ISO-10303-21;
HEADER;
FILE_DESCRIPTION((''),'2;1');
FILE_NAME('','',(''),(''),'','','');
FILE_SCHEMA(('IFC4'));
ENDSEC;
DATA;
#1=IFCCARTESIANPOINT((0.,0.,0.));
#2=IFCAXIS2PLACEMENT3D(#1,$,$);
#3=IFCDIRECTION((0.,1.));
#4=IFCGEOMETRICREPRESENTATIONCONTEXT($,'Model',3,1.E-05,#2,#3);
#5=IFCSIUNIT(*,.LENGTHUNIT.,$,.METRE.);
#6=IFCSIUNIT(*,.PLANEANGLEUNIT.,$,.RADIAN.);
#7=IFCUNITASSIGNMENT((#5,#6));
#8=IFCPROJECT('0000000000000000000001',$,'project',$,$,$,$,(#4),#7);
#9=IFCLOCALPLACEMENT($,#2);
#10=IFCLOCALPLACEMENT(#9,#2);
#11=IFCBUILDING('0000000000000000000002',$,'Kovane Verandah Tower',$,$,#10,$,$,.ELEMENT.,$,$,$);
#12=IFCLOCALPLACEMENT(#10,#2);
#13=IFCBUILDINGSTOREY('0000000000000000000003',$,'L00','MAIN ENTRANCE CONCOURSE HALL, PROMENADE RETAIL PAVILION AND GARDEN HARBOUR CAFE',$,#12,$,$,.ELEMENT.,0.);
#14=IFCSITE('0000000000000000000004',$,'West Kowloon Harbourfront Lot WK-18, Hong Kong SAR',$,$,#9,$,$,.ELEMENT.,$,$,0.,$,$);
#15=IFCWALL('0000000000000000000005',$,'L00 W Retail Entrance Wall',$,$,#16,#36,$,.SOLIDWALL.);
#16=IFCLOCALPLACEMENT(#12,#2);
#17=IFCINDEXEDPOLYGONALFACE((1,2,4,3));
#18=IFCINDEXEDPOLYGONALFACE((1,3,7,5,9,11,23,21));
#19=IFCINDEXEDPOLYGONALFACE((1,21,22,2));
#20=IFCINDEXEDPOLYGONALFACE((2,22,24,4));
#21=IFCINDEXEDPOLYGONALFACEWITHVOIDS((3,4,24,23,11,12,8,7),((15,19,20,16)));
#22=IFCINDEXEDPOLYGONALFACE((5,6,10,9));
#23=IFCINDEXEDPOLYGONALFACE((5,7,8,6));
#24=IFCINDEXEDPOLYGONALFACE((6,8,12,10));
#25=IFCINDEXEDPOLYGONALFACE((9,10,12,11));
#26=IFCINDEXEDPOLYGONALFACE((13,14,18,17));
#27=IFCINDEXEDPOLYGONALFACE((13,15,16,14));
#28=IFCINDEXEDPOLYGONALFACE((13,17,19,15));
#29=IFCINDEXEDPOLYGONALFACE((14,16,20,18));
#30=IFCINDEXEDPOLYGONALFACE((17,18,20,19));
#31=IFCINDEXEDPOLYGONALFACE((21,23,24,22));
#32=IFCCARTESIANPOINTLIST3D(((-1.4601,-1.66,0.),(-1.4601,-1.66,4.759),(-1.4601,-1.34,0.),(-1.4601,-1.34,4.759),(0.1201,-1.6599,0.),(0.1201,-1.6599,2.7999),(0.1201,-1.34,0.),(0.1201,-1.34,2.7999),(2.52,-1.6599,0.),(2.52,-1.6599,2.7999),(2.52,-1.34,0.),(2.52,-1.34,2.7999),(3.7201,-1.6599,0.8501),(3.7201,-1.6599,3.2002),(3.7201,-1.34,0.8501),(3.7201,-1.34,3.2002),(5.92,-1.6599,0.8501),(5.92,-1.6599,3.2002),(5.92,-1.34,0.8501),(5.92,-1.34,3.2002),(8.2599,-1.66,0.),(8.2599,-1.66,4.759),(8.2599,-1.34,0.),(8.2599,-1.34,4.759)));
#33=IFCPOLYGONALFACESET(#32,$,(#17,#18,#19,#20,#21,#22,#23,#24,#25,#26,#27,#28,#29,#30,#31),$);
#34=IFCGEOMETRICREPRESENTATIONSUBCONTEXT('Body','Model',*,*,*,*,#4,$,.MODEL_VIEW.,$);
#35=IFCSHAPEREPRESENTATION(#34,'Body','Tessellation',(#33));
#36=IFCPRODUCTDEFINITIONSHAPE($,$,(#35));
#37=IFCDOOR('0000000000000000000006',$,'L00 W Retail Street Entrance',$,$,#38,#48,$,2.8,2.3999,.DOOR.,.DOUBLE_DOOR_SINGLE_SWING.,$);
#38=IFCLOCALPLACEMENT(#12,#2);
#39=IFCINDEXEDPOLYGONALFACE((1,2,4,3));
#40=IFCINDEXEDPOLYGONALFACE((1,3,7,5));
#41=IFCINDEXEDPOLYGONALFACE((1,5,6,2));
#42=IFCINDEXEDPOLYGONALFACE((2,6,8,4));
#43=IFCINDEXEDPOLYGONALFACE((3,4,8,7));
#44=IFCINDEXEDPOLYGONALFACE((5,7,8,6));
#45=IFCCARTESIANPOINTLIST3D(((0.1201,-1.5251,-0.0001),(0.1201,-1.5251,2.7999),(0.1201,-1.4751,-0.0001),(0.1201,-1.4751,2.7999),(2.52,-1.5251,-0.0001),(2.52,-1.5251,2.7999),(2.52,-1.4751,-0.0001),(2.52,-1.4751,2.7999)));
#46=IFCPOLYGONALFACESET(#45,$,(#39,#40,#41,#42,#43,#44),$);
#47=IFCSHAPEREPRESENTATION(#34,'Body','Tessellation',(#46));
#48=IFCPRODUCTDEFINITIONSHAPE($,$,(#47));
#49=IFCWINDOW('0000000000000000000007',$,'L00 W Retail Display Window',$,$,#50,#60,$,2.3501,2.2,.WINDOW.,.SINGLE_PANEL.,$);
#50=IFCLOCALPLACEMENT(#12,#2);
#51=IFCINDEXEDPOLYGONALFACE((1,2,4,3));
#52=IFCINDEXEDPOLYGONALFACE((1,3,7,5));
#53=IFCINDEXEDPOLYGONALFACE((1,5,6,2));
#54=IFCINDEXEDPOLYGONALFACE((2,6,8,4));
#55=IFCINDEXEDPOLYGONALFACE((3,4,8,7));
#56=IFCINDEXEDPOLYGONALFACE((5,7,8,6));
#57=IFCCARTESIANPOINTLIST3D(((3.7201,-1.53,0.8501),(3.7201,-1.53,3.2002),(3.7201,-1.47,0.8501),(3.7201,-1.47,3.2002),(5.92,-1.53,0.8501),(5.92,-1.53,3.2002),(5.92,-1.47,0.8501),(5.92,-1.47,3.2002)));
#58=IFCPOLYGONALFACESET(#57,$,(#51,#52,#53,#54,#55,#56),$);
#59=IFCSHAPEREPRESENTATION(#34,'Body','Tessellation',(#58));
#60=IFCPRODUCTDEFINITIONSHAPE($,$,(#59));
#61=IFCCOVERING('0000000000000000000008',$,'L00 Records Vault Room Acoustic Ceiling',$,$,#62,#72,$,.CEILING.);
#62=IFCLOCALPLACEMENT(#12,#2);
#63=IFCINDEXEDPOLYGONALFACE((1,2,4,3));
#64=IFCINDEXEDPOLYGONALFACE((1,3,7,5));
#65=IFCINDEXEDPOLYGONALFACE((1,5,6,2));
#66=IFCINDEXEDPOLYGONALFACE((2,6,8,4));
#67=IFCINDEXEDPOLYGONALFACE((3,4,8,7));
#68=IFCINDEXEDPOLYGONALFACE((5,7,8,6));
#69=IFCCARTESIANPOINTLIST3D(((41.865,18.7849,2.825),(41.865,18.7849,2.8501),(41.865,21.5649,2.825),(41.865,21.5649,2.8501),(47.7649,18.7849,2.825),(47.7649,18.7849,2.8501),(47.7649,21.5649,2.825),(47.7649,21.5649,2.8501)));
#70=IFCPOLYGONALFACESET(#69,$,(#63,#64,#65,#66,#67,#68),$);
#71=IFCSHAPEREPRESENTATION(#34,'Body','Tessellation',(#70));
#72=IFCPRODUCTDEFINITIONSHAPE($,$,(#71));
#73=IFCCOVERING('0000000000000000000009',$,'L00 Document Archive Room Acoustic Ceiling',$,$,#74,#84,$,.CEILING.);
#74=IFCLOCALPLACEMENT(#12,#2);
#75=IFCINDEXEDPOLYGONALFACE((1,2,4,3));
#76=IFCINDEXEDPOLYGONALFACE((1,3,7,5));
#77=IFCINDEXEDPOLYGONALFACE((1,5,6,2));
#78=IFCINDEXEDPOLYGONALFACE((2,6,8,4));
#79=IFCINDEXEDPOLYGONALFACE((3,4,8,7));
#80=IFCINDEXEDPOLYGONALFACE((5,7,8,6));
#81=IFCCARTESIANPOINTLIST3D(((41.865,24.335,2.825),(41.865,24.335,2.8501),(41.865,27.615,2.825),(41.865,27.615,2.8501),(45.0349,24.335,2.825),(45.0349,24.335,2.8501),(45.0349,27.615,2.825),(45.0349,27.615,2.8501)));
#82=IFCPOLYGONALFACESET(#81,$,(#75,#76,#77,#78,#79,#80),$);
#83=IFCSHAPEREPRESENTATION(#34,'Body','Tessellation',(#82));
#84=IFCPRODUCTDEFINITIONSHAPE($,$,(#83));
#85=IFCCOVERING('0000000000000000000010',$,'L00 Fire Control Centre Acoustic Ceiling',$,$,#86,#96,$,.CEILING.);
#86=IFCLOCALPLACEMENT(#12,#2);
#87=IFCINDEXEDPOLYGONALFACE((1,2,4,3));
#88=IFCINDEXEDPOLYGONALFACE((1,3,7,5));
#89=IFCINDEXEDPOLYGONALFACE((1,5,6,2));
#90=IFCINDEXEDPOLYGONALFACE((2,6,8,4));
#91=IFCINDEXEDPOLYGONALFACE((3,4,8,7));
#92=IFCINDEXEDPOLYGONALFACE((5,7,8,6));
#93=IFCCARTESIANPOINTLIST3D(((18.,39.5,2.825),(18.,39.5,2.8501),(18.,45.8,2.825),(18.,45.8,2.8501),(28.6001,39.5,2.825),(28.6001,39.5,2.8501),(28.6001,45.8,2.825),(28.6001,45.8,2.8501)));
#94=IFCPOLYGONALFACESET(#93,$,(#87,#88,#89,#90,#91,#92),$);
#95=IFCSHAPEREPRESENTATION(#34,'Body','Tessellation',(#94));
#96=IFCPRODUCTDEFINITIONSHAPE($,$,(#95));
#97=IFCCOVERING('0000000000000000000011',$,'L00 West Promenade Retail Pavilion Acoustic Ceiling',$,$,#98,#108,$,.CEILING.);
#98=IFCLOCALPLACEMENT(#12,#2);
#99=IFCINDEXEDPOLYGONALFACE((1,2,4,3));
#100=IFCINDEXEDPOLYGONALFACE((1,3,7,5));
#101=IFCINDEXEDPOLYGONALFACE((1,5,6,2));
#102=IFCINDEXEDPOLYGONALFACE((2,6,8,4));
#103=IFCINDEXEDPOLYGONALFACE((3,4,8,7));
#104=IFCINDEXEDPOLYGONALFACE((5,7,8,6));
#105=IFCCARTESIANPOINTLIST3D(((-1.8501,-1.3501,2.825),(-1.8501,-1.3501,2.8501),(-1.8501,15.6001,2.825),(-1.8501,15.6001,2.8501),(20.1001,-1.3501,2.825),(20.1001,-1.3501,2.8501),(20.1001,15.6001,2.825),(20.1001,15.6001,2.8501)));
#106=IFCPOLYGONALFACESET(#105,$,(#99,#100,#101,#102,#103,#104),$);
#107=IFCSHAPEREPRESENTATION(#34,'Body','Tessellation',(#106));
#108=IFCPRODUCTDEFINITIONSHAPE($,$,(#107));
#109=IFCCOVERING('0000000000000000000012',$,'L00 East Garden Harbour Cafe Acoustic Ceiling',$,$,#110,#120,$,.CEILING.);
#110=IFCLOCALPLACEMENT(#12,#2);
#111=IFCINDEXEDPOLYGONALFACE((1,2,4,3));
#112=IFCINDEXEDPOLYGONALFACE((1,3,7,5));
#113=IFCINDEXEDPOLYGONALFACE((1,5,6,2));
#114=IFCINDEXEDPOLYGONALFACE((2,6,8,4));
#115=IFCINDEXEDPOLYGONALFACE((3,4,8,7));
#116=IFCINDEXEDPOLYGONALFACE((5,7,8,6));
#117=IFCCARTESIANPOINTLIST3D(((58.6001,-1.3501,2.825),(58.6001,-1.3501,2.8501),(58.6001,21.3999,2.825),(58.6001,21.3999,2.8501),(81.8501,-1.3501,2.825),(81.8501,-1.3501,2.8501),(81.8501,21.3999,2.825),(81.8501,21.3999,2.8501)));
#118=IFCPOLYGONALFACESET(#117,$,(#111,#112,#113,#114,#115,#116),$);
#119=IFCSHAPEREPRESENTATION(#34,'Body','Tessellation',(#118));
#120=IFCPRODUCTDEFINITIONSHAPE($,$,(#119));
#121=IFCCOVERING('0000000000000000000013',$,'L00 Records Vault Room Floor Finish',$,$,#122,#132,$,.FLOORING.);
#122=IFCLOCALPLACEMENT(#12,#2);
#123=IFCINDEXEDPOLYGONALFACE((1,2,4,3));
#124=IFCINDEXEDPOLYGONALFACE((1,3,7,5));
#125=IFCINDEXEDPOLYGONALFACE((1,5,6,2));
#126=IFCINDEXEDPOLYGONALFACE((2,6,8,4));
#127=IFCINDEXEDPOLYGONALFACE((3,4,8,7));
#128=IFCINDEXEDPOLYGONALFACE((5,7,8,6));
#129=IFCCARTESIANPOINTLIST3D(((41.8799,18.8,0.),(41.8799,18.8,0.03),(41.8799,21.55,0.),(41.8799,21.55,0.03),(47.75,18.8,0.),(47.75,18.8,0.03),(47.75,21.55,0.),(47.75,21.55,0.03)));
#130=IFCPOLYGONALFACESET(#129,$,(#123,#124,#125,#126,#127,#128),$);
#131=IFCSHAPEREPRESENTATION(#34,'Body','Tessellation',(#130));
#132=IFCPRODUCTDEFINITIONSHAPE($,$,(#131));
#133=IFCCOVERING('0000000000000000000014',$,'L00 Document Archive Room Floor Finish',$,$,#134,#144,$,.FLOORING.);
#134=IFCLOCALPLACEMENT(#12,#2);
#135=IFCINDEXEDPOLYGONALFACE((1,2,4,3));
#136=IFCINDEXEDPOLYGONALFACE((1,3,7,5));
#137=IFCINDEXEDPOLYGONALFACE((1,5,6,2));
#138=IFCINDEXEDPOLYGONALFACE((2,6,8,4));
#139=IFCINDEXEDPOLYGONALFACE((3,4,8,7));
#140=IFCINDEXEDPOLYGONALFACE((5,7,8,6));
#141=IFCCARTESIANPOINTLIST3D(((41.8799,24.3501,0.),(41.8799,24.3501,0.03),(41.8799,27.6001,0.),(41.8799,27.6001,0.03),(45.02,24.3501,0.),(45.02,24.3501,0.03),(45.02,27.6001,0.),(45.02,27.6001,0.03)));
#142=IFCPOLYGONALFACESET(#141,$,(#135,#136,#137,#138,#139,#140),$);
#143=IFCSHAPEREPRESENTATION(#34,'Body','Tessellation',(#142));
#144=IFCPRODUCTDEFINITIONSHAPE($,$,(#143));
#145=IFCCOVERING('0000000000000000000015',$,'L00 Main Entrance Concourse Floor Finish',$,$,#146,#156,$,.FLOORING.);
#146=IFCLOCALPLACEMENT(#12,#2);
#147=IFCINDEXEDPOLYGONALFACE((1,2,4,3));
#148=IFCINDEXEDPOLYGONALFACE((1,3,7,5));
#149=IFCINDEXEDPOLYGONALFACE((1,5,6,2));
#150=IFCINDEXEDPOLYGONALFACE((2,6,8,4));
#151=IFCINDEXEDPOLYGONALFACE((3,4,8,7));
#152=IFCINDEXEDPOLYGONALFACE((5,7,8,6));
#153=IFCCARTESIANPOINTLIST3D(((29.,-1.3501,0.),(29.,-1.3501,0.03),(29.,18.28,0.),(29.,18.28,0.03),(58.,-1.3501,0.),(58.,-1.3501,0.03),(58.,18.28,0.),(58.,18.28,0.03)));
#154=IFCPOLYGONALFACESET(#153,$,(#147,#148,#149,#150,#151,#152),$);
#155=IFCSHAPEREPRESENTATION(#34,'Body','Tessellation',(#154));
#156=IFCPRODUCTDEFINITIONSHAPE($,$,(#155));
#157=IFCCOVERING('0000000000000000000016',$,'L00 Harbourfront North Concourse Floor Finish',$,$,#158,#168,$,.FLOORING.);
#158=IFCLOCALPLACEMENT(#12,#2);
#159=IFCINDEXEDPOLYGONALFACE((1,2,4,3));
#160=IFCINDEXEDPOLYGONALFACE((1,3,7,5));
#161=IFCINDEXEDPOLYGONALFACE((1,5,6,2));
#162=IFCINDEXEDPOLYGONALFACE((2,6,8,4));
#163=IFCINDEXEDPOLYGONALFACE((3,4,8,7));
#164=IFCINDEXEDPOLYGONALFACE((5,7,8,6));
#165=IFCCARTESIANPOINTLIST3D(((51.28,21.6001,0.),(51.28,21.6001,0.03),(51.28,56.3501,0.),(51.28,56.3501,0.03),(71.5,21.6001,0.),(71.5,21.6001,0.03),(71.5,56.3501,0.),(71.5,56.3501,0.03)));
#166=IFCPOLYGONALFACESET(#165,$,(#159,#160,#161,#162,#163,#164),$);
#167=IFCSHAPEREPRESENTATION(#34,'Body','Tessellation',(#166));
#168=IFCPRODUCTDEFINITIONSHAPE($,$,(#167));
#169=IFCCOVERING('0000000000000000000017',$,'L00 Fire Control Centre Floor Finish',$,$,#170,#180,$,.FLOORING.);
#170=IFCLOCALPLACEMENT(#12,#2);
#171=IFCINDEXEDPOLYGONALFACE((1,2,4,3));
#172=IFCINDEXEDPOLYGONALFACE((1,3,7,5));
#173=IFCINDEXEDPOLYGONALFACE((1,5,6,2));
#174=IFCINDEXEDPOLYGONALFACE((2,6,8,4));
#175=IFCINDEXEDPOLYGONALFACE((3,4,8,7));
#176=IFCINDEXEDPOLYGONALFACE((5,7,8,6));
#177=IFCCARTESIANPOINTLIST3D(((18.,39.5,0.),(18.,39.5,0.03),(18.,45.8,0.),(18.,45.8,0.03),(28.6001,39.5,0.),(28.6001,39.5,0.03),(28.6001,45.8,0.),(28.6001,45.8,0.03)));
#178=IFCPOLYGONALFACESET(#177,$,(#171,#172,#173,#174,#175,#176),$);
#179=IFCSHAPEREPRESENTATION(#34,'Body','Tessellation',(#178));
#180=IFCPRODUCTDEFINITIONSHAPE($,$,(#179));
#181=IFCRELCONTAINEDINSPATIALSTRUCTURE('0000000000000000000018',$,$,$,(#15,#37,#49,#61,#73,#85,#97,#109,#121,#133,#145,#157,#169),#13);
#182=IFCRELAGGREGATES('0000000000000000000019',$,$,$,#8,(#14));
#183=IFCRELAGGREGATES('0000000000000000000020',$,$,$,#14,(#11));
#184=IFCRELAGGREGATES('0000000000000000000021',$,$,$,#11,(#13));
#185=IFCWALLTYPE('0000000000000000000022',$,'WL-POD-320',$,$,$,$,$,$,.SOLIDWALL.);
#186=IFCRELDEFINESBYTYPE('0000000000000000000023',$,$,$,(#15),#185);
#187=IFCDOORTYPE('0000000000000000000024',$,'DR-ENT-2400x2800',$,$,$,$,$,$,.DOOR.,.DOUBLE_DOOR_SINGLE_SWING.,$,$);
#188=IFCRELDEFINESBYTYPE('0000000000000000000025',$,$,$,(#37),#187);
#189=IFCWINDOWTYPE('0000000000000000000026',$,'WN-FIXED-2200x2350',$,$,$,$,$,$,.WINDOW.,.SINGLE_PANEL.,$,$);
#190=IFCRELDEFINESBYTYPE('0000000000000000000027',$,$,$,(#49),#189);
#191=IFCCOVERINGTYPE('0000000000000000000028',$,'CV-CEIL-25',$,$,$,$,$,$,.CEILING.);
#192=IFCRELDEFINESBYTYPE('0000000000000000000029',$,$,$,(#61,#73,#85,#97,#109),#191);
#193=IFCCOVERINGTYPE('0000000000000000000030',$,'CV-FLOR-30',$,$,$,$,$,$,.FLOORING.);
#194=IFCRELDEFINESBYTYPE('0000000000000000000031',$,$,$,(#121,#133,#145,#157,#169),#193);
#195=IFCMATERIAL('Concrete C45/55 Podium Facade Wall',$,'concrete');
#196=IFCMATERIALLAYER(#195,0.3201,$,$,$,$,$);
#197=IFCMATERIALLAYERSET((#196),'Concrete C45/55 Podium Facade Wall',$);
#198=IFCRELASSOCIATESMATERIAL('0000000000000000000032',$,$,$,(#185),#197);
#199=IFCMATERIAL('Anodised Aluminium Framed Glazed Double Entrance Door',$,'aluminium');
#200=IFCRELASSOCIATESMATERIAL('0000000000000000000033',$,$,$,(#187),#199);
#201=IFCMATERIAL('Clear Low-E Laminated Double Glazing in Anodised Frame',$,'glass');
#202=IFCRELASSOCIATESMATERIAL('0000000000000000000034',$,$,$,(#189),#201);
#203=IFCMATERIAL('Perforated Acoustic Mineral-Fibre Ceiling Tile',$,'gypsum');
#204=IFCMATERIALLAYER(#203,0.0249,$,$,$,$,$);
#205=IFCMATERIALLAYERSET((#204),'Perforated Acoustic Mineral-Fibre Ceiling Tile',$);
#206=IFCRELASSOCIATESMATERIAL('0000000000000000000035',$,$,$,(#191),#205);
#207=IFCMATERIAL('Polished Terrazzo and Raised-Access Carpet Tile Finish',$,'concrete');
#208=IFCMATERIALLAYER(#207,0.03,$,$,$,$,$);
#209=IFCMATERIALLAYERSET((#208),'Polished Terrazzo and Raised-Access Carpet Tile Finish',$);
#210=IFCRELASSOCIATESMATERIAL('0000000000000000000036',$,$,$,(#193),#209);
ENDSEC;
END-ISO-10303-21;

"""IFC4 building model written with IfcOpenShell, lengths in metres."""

from ifc_helpers import new_model, si_unit, direction, frame, frame_2d, origin, place, context, subcontext, project, spatial, polyline, rectangle, outline, extrude, material, layer, layer_set, type_object, element, fill, save


model = new_model("IFC4")

# Units and contexts
model_context = context("Model", 3, precision=1e-05, world=origin(), true_north=direction((0.0, 1.0)))
body_context = subcontext(model_context, "Body", "Model", "MODEL_VIEW")
ifc_project = project(units=[si_unit("LENGTHUNIT", "METRE"), si_unit("PLANEANGLEUNIT", "RADIAN")], contexts=[model_context])

# Site, building, storey
site_placement = place(None, origin())
site = spatial("IfcSite", under=ifc_project, at=site_placement, Name="West Kowloon Harbourfront Lot WK-18, Hong Kong SAR", CompositionType="ELEMENT", RefElevation=0.0)
building_placement = place(site_placement, origin())
building = spatial("IfcBuilding", under=site, at=building_placement, Name="Kovane Verandah Tower", CompositionType="ELEMENT")
storey_placement = place(building_placement, origin())
storey = spatial("IfcBuildingStorey", under=building, at=storey_placement, Name="L00", Description="MAIN ENTRANCE CONCOURSE HALL, PROMENADE RETAIL PAVILION AND GARDEN HARBOUR CAFE", CompositionType="ELEMENT", Elevation=0.0)

# Wall, openings, door, window
ifc_material_1 = material(Name="Concrete C45/55 Podium Facade Wall", Category="concrete")
ifc_layer_1 = layer(ifc_material_1, 0.3201)
ifc_layer_set_1 = layer_set([ifc_layer_1], Name="Concrete C45/55 Podium Facade Wall")
wall_type = type_object("IfcWallType", Name="WL-POD-320", PredefinedType="SOLIDWALL", material=ifc_layer_set_1)
wall_placement = place(storey_placement, frame((-1.46, -1.5, 0.0), z_axis=(0.0, 0.0, 1.0), x_axis=(1.0, 0.0, 0.0)))
wall = element("IfcWall", 1, at=wall_placement, inside=storey, type_object=wall_type, Name="L00 W Retail Entrance Wall", PredefinedType="SOLIDWALL", context=body_context, shape_type="SweptSolid", body=[
    extrude(rectangle(XDim=9.72, YDim=0.3201, at=frame_2d((4.8599, 0.0))), origin(), (0.0, 0.0, 1.0), 4.759),
])
opening_1_placement = place(wall_placement, frame((1.5801, 0.0, 0.0)))
opening_1 = element("IfcOpeningElement", 2, at=opening_1_placement, cuts=wall, PredefinedType="OPENING", context=body_context, shape_type="SweptSolid", body=[
    extrude(rectangle(XDim=2.3999, YDim=2.8, at=frame_2d((1.2, 1.3999))), frame((0.0, 0.1602, 0.0), z_axis=(0.0, -1.0, 0.0), x_axis=(1.0, 0.0, 0.0)), (0.0, 0.0, 1.0), 0.3201),
])
opening_2_placement = place(wall_placement, frame((5.1799, 0.0, 0.8501)))
opening_2 = element("IfcOpeningElement", 3, at=opening_2_placement, cuts=wall, PredefinedType="OPENING", context=body_context, shape_type="SweptSolid", body=[
    extrude(rectangle(XDim=2.2, YDim=2.3501, at=frame_2d((1.1001, 1.175))), frame((0.0, 0.1602, 0.0), z_axis=(0.0, -1.0, 0.0), x_axis=(1.0, 0.0, 0.0)), (0.0, 0.0, 1.0), 0.3201),
])
ifc_material_2 = material(Name="Anodised Aluminium Framed Glazed Double Entrance Door", Category="aluminium")
door_type = type_object("IfcDoorType", Name="DR-ENT-2400x2800", OperationType="DOUBLE_DOOR_SINGLE_SWING", PredefinedType="DOOR", material=ifc_material_2)
door_placement = place(opening_1_placement, origin())
door = element("IfcDoor", 4, at=door_placement, inside=storey, type_object=door_type, Name="L00 W Retail Street Entrance", OperationType="DOUBLE_DOOR_SINGLE_SWING", OverallHeight=2.8, OverallWidth=2.3999, PredefinedType="DOOR", context=body_context, shape_type="SweptSolid", body=[
    extrude(rectangle(XDim=2.3999, YDim=2.8, at=frame_2d((1.2, 1.3999))), frame((0.0, 0.0249, 0.0), z_axis=(0.0, -1.0, 0.0), x_axis=(1.0, 0.0, 0.0)), (0.0, 0.0, 1.0), 0.05),
])
fill(opening_1, door)
ifc_material_3 = material(Name="Clear Low-E Laminated Double Glazing in Anodised Frame", Category="glass")
window_type = type_object("IfcWindowType", Name="WN-FIXED-2200x2350", PartitioningType="SINGLE_PANEL", PredefinedType="WINDOW", material=ifc_material_3)
window_placement = place(opening_2_placement, origin())
window = element("IfcWindow", 5, at=window_placement, inside=storey, type_object=window_type, Name="L00 W Retail Display Window", OverallHeight=2.3501, OverallWidth=2.2, PartitioningType="SINGLE_PANEL", PredefinedType="WINDOW", context=body_context, shape_type="SweptSolid", body=[
    extrude(rectangle(XDim=2.2, YDim=2.3501, at=frame_2d((1.1001, 1.175))), frame((0.0, 0.03, 0.0), z_axis=(0.0, -1.0, 0.0), x_axis=(1.0, 0.0, 0.0)), (0.0, 0.0, 1.0), 0.0601),
])
fill(opening_2, window)

# Coverings
ifc_material_4 = material(Name="Perforated Acoustic Mineral-Fibre Ceiling Tile", Category="gypsum")
ifc_layer_2 = layer(ifc_material_4, 0.0249)
ifc_layer_set_2 = layer_set([ifc_layer_2], Name="Perforated Acoustic Mineral-Fibre Ceiling Tile")
covering_type_1 = type_object("IfcCoveringType", Name="CV-CEIL-25", PredefinedType="CEILING", material=ifc_layer_set_2)
covering_1_placement = place(storey_placement, frame((0.0, 0.0, 2.825)))
element("IfcCovering", 6, at=covering_1_placement, inside=storey, type_object=covering_type_1, Name="L00 Records Vault Room Acoustic Ceiling", PredefinedType="CEILING", context=body_context, shape_type="SweptSolid", body=[
    extrude(outline(polyline([(41.865, 18.7849), (47.7649, 18.7849), (47.7649, 21.5649), (41.865, 21.5649), (41.865, 18.7849)])), origin(), (0.0, 0.0, 1.0), 0.0251),
])
covering_2_placement = place(storey_placement, frame((0.0, 0.0, 2.825)))
element("IfcCovering", 7, at=covering_2_placement, inside=storey, type_object=covering_type_1, Name="L00 Document Archive Room Acoustic Ceiling", PredefinedType="CEILING", context=body_context, shape_type="SweptSolid", body=[
    extrude(outline(polyline([(41.865, 24.335), (45.0349, 24.335), (45.0349, 27.615), (41.865, 27.615), (41.865, 24.335)])), origin(), (0.0, 0.0, 1.0), 0.0251),
])
covering_3_placement = place(storey_placement, frame((0.0, 0.0, 2.825)))
element("IfcCovering", 8, at=covering_3_placement, inside=storey, type_object=covering_type_1, Name="L00 Fire Control Centre Acoustic Ceiling", PredefinedType="CEILING", context=body_context, shape_type="SweptSolid", body=[
    extrude(outline(polyline([(18.0, 39.5), (28.6001, 39.5), (28.6001, 45.8), (18.0, 45.8), (18.0, 39.5)])), origin(), (0.0, 0.0, 1.0), 0.0251),
])
covering_4_placement = place(storey_placement, frame((0.0, 0.0, 2.825)))
element("IfcCovering", 9, at=covering_4_placement, inside=storey, type_object=covering_type_1, Name="L00 West Promenade Retail Pavilion Acoustic Ceiling", PredefinedType="CEILING", context=body_context, shape_type="SweptSolid", body=[
    extrude(outline(polyline([(-1.8501, -1.3501), (20.1001, -1.3501), (20.1001, 15.6001), (-1.8501, 15.6001), (-1.8501, -1.3501)])), origin(), (0.0, 0.0, 1.0), 0.0251),
])
covering_5_placement = place(storey_placement, frame((0.0, 0.0, 2.825)))
element("IfcCovering", 10, at=covering_5_placement, inside=storey, type_object=covering_type_1, Name="L00 East Garden Harbour Cafe Acoustic Ceiling", PredefinedType="CEILING", context=body_context, shape_type="SweptSolid", body=[
    extrude(outline(polyline([(58.6001, -1.3501), (81.8501, -1.3501), (81.8501, 21.3999), (58.6001, 21.3999), (58.6001, -1.3501)])), origin(), (0.0, 0.0, 1.0), 0.0251),
])
ifc_material_5 = material(Name="Polished Terrazzo and Raised-Access Carpet Tile Finish", Category="concrete")
ifc_layer_3 = layer(ifc_material_5, 0.03)
ifc_layer_set_3 = layer_set([ifc_layer_3], Name="Polished Terrazzo and Raised-Access Carpet Tile Finish")
covering_type_2 = type_object("IfcCoveringType", Name="CV-FLOR-30", PredefinedType="FLOORING", material=ifc_layer_set_3)
covering_6_placement = place(storey_placement, origin())
element("IfcCovering", 11, at=covering_6_placement, inside=storey, type_object=covering_type_2, Name="L00 Records Vault Room Floor Finish", PredefinedType="FLOORING", context=body_context, shape_type="SweptSolid", body=[
    extrude(outline(polyline([(41.8799, 18.8), (47.75, 18.8), (47.75, 21.55), (41.8799, 21.55), (41.8799, 18.8)])), origin(), (0.0, 0.0, 1.0), 0.03),
])
covering_7_placement = place(storey_placement, origin())
element("IfcCovering", 12, at=covering_7_placement, inside=storey, type_object=covering_type_2, Name="L00 Document Archive Room Floor Finish", PredefinedType="FLOORING", context=body_context, shape_type="SweptSolid", body=[
    extrude(outline(polyline([(41.8799, 24.3501), (45.02, 24.3501), (45.02, 27.6001), (41.8799, 27.6001), (41.8799, 24.3501)])), origin(), (0.0, 0.0, 1.0), 0.03),
])
covering_8_placement = place(storey_placement, origin())
element("IfcCovering", 13, at=covering_8_placement, inside=storey, type_object=covering_type_2, Name="L00 Main Entrance Concourse Floor Finish", PredefinedType="FLOORING", context=body_context, shape_type="SweptSolid", body=[
    extrude(outline(polyline([(29.0, -1.3501), (58.0, -1.3501), (58.0, 18.28), (29.0, 18.28), (29.0, -1.3501)])), origin(), (0.0, 0.0, 1.0), 0.03),
])
covering_9_placement = place(storey_placement, origin())
element("IfcCovering", 14, at=covering_9_placement, inside=storey, type_object=covering_type_2, Name="L00 Harbourfront North Concourse Floor Finish", PredefinedType="FLOORING", context=body_context, shape_type="SweptSolid", body=[
    extrude(outline(polyline([(51.28, 21.6001), (71.5, 21.6001), (71.5, 56.3501), (51.28, 56.3501), (51.28, 21.6001)])), origin(), (0.0, 0.0, 1.0), 0.03),
])
covering_10_placement = place(storey_placement, origin())
element("IfcCovering", 15, at=covering_10_placement, inside=storey, type_object=covering_type_2, Name="L00 Fire Control Centre Floor Finish", PredefinedType="FLOORING", context=body_context, shape_type="SweptSolid", body=[
    extrude(outline(polyline([(18.0, 39.5), (28.6001, 39.5), (28.6001, 45.8), (18.0, 45.8), (18.0, 39.5)])), origin(), (0.0, 0.0, 1.0), 0.03),
])

save(model, "model.ifc")
